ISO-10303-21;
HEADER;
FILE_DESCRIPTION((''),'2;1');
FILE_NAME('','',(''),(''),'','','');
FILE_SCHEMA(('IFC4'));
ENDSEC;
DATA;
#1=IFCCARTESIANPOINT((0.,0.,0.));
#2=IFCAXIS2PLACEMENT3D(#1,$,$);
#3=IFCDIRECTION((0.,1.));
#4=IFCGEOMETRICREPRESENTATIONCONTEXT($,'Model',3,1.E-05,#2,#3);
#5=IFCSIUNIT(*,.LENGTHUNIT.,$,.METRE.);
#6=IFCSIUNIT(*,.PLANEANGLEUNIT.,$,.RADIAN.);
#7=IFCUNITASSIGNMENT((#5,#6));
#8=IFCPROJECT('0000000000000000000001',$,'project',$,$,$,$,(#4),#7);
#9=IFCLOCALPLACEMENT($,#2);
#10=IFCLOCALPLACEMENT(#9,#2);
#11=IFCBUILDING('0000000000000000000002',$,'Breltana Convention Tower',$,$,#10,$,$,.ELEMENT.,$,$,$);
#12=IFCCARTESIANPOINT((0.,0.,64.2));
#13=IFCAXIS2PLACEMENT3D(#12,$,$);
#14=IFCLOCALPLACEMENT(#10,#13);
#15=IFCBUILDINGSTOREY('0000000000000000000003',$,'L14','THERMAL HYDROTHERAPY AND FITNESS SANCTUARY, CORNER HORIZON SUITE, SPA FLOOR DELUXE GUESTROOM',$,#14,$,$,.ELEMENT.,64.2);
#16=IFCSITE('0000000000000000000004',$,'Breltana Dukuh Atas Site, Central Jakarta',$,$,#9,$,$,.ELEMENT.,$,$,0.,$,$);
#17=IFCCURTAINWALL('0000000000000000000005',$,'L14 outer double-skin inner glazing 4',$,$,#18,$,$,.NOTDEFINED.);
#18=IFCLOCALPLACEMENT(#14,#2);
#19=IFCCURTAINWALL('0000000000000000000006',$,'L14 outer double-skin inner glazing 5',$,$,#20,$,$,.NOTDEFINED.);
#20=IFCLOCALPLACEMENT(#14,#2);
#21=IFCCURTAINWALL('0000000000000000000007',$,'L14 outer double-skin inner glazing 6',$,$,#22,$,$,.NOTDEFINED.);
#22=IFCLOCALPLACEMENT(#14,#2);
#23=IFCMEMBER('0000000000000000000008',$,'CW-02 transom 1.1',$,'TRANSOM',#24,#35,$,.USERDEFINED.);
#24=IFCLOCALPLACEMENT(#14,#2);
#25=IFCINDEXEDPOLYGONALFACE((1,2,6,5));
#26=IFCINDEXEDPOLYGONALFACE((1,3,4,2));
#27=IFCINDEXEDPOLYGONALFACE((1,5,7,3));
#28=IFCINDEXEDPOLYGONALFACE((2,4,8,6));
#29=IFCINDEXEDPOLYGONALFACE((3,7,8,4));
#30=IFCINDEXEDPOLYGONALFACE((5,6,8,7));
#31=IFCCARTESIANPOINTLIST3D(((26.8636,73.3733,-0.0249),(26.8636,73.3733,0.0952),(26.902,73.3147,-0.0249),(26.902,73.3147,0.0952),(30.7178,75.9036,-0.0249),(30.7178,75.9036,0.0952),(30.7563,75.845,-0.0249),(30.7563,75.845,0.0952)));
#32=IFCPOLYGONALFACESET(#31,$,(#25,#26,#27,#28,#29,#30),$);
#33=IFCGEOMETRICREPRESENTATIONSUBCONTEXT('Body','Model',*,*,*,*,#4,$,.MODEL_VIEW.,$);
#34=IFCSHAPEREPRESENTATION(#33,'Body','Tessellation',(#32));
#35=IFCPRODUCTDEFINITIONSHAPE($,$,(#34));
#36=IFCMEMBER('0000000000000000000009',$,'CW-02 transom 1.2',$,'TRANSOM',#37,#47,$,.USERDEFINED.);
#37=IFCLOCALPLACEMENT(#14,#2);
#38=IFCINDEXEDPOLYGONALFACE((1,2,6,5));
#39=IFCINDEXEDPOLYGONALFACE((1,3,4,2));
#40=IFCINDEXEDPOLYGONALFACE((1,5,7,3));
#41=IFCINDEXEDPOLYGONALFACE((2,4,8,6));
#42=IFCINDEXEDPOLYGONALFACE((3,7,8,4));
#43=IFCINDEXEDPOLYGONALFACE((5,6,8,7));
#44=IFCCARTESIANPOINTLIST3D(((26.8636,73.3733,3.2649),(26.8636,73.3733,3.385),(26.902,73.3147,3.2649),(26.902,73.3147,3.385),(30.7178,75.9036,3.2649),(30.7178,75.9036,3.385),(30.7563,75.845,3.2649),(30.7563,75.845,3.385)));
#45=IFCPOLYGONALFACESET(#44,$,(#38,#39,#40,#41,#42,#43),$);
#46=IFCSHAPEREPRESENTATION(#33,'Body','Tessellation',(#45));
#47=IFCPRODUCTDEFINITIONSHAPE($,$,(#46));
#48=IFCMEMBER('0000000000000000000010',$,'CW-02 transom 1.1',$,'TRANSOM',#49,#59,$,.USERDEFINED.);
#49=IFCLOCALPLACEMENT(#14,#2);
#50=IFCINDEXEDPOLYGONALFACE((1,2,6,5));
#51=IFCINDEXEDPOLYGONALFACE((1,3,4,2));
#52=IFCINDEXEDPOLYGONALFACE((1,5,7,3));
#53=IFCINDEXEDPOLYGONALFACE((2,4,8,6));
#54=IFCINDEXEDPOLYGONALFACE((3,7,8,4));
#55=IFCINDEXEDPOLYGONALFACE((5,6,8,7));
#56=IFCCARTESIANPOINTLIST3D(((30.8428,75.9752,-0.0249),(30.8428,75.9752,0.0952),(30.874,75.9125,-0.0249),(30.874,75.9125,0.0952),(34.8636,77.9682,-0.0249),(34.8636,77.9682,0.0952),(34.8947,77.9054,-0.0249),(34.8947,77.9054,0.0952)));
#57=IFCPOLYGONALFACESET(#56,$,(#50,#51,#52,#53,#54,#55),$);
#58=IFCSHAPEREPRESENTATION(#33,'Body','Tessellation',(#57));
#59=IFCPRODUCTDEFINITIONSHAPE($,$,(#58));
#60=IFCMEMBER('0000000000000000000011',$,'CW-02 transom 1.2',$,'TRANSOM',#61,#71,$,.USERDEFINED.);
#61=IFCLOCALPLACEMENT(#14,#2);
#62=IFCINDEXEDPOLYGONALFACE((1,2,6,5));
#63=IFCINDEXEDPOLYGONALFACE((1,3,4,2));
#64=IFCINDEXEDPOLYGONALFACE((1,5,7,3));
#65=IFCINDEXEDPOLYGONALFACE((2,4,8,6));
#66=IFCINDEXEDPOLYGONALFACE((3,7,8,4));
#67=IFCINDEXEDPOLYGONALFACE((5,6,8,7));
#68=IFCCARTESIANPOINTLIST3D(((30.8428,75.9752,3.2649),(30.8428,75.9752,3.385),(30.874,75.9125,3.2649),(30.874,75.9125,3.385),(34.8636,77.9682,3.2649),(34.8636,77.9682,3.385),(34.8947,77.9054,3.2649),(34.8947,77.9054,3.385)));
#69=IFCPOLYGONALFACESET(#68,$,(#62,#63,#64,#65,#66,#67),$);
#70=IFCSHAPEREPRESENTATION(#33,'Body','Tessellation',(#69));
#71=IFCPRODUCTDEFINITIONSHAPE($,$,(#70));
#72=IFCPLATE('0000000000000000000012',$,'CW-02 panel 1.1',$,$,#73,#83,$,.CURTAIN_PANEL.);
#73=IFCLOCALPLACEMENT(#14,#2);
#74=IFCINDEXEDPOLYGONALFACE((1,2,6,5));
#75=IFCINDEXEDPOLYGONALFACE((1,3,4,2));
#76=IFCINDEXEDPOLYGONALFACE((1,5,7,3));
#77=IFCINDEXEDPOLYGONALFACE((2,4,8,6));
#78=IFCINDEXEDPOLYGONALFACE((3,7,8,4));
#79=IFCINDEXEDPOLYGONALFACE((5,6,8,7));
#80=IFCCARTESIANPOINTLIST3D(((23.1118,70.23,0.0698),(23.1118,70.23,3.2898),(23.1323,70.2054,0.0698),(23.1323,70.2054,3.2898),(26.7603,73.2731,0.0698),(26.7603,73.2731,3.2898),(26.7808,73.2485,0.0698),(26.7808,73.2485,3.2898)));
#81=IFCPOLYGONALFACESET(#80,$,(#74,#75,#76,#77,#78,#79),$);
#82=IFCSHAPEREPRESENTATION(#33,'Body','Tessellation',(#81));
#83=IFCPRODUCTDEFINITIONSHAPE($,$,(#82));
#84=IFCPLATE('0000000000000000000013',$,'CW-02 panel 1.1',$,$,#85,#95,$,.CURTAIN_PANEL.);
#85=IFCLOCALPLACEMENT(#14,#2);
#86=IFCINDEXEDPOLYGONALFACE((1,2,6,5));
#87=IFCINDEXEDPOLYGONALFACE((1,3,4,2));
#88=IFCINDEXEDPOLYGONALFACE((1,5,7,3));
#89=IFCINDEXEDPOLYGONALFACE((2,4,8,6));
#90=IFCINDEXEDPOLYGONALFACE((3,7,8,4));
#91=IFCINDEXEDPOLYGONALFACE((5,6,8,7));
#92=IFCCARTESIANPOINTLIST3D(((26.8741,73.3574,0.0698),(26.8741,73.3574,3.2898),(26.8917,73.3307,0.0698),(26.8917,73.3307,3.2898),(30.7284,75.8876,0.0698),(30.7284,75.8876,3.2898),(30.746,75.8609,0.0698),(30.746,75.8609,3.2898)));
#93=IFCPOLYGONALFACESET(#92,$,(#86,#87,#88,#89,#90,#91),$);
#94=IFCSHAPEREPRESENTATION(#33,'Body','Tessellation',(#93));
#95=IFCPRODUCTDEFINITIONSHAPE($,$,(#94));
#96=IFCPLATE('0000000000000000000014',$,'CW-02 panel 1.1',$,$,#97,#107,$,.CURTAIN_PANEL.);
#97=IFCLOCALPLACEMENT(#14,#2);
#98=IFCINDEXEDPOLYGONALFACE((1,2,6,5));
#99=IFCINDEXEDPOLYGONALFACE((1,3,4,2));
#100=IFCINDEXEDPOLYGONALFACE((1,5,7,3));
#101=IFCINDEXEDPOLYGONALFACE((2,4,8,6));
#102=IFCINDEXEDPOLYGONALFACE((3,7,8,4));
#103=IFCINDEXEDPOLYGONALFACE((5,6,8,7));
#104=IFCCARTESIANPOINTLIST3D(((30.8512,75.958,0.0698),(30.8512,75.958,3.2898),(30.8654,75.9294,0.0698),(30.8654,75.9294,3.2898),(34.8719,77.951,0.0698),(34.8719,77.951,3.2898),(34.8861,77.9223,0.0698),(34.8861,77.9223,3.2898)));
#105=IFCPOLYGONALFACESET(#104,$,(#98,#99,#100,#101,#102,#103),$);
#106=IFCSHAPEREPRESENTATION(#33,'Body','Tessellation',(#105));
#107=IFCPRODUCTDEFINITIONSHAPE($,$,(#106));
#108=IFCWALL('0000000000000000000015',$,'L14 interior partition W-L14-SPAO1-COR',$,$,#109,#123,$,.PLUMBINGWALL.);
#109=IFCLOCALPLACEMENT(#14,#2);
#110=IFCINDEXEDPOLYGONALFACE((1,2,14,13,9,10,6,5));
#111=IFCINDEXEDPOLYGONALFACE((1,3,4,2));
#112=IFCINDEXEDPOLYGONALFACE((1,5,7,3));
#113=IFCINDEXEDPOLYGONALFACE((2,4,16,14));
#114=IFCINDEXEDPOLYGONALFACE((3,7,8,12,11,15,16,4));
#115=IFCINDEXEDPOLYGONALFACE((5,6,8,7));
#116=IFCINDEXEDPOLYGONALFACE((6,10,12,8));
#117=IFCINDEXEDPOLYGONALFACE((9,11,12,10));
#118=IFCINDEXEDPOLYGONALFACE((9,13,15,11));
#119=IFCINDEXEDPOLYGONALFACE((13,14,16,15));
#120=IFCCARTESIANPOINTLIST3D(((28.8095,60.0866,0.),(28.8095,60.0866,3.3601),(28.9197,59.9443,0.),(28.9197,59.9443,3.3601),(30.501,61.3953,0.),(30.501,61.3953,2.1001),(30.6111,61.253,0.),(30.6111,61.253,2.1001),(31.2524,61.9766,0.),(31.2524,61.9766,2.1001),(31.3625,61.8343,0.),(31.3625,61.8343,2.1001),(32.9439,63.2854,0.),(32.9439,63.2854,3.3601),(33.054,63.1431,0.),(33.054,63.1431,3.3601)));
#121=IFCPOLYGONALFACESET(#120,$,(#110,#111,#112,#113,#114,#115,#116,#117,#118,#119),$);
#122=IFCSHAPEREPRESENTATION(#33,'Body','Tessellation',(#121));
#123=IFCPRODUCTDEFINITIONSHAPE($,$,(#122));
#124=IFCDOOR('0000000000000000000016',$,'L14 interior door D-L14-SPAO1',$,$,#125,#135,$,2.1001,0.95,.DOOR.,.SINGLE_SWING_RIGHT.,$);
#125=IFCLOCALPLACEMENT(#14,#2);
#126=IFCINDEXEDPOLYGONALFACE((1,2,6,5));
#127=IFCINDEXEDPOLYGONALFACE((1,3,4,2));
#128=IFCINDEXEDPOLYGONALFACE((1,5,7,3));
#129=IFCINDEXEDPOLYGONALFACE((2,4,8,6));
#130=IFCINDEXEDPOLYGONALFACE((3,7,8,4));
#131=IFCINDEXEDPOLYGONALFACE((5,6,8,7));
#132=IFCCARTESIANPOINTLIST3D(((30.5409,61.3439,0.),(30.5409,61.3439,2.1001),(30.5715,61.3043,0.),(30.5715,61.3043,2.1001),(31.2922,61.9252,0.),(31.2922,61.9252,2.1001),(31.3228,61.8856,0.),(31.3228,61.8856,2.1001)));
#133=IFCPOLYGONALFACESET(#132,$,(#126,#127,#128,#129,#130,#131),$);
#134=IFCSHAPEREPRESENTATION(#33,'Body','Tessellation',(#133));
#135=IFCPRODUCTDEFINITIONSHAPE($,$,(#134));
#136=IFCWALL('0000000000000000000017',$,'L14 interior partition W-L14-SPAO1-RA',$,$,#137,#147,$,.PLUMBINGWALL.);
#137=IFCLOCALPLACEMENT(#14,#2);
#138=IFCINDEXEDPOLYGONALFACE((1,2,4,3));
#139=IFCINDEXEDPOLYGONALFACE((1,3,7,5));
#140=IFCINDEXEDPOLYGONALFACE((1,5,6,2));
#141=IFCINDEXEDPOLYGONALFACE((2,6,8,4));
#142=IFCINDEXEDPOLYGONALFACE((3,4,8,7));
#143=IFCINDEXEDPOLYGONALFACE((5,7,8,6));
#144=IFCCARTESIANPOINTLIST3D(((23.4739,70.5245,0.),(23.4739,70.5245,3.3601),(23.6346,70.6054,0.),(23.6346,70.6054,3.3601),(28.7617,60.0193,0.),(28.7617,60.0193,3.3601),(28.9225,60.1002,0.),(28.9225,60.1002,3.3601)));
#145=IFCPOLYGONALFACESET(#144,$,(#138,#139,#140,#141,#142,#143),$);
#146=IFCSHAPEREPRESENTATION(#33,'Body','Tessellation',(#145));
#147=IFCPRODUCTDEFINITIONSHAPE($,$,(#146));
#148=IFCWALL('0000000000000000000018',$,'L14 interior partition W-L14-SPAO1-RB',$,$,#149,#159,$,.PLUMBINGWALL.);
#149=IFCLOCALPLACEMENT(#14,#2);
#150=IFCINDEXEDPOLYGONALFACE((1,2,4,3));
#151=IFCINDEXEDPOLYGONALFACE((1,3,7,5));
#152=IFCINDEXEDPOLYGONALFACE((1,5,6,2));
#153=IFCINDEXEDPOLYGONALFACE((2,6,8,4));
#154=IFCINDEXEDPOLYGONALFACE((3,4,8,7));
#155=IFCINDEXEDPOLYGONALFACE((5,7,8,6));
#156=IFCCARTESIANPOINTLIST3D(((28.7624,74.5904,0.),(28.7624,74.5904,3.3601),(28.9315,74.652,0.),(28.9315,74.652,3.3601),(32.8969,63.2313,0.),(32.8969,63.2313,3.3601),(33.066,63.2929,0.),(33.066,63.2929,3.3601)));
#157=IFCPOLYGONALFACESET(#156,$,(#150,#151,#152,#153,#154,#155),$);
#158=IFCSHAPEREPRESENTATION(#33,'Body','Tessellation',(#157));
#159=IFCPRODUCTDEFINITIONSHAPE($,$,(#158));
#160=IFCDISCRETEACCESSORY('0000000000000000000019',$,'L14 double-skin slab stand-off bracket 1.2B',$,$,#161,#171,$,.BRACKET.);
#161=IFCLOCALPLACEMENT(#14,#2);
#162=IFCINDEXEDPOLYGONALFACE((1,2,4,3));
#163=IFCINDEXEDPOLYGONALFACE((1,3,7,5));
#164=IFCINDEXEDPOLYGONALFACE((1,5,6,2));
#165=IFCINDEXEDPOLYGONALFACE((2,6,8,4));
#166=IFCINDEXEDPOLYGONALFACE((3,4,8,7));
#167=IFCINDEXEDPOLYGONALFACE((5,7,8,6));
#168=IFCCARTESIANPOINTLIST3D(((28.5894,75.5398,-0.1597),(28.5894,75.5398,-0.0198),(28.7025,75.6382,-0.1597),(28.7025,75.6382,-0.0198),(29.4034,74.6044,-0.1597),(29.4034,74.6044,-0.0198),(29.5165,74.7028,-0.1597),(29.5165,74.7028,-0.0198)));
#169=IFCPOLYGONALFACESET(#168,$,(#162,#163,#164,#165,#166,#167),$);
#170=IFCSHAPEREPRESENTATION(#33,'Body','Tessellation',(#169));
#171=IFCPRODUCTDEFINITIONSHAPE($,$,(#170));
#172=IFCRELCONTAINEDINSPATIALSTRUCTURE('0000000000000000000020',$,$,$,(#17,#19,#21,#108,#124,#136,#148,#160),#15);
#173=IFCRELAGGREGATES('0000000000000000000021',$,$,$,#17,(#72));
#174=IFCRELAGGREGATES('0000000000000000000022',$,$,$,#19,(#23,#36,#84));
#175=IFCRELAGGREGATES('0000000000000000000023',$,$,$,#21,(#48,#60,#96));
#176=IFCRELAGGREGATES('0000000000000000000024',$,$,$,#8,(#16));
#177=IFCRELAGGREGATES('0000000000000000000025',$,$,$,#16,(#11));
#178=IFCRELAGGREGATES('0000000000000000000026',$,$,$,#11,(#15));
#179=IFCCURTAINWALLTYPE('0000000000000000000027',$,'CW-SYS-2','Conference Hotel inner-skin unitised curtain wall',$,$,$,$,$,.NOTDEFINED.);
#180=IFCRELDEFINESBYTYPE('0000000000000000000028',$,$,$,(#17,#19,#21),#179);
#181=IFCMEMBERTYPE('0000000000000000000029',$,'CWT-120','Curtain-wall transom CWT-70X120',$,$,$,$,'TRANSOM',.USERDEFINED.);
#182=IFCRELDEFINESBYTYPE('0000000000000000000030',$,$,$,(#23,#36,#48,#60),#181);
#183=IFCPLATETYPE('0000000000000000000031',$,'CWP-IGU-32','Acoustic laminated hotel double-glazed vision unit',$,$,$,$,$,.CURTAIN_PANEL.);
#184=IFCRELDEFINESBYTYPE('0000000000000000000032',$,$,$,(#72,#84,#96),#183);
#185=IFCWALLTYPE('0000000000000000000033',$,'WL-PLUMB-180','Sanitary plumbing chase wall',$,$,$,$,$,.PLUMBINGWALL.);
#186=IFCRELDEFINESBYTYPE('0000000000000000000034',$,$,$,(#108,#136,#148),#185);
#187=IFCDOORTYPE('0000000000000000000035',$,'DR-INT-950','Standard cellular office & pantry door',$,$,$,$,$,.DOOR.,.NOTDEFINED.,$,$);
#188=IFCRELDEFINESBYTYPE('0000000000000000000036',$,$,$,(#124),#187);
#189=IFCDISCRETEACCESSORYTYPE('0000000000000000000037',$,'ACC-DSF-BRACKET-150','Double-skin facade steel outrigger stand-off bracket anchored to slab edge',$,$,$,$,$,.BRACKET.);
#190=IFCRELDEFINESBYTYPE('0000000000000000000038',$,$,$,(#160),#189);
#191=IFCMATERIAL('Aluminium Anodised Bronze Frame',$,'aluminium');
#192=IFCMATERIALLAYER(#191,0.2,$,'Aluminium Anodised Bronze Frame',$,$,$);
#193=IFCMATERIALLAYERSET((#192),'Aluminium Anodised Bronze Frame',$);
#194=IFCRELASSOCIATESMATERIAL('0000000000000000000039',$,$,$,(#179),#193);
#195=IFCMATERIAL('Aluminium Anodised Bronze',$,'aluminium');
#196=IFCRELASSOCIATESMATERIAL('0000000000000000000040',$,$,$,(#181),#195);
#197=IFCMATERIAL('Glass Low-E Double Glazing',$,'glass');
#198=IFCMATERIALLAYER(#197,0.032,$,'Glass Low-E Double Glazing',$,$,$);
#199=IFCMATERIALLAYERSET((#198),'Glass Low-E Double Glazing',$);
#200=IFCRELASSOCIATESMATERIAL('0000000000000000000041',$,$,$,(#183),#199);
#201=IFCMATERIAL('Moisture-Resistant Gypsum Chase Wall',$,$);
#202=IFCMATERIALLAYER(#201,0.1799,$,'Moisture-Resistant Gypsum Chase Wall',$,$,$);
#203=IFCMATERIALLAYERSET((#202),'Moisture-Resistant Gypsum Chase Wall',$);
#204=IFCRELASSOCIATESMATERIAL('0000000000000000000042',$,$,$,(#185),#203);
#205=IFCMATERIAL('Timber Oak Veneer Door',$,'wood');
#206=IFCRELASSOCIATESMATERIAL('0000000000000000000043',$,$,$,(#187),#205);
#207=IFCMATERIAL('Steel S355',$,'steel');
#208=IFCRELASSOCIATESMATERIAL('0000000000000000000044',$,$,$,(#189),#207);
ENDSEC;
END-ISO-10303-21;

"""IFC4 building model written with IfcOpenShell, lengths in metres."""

from ifc_helpers import new_model, si_unit, direction, frame, frame_2d, origin, origin_2d, place, context, subcontext, project, spatial, rectangle, extrude, source, transform, mapped, material, layer, layer_set, material_profile, profile_set, type_object, type_shapes, element, fill, aggregate, save


model = new_model("IFC4")

# Units and contexts
model_context = context("Model", 3, precision=1e-05, world=origin(), true_north=direction((0.0, 1.0)))
body_context = subcontext(model_context, "Body", "Model", "MODEL_VIEW")
ifc_project = project(units=[si_unit("LENGTHUNIT", "METRE"), si_unit("PLANEANGLEUNIT", "RADIAN")], contexts=[model_context])

# Site, building, storey
site_placement = place(None, origin())
site = spatial("IfcSite", under=ifc_project, at=site_placement, Name="Breltana Dukuh Atas Site, Central Jakarta", CompositionType="ELEMENT", RefElevation=0.0)
building_placement = place(site_placement, origin())
building = spatial("IfcBuilding", under=site, at=building_placement, Name="Breltana Convention Tower", CompositionType="ELEMENT")
storey_placement = place(building_placement, frame((0.0, 0.0, 64.2)))
storey = spatial("IfcBuildingStorey", under=building, at=storey_placement, Name="L14", Description="THERMAL HYDROTHERAPY AND FITNESS SANCTUARY, CORNER HORIZON SUITE, SPA FLOOR DELUXE GUESTROOM", CompositionType="ELEMENT", Elevation=64.2)

# Curtain walls
ifc_material_1 = material(Name="Aluminium Anodised Bronze Frame", Category="aluminium")
ifc_layer_1 = layer(ifc_material_1, 0.2, Name="Aluminium Anodised Bronze Frame")
ifc_layer_set_1 = layer_set([ifc_layer_1], Name="Aluminium Anodised Bronze Frame")
curtain_wall_type = type_object("IfcCurtainWallType", Name="CW-SYS-2", Description="Conference Hotel inner-skin unitised curtain wall", PredefinedType="NOTDEFINED", material=ifc_layer_set_1)
curtain_wall_1_placement = place(storey_placement, origin())
curtain_wall_1 = element("IfcCurtainWall", 1, at=curtain_wall_1_placement, inside=storey, type_object=curtain_wall_type, Name="L14 outer double-skin inner glazing 4", PredefinedType="NOTDEFINED")
ifc_material_2 = material(Name="Aluminium Anodised Bronze", Category="aluminium")
curtain_wall_2_placement = place(storey_placement, origin())
curtain_wall_2 = element("IfcCurtainWall", 2, at=curtain_wall_2_placement, inside=storey, type_object=curtain_wall_type, Name="L14 outer double-skin inner glazing 5", PredefinedType="NOTDEFINED")
curtain_wall_3_placement = place(storey_placement, origin())
curtain_wall_3 = element("IfcCurtainWall", 3, at=curtain_wall_3_placement, inside=storey, type_object=curtain_wall_type, Name="L14 outer double-skin inner glazing 6", PredefinedType="NOTDEFINED")

# Members
ifc_material_profile_1 = material_profile(ifc_material_2, rectangle(XDim=0.0701, YDim=0.1201, at=origin_2d()), Name="CWT-70X120")
ifc_profile_set_1 = profile_set([ifc_material_profile_1], Name="Aluminium Anodised Bronze")
member_type_1 = type_object("IfcMemberType", Name="CWT-120", Description="Curtain-wall transom CWT-70X120", ElementType="TRANSOM", PredefinedType="USERDEFINED", material=ifc_profile_set_1)
shared_shape_1 = source(origin(), body_context, "Body", "SweptSolid", [
    extrude(rectangle(XDim=0.0701, YDim=0.1201, at=origin_2d()), origin(), (0.0, 0.0, 1.0), 4.6106),
])
member_1_placement = place(storey_placement, frame((26.8828, 73.344, 0.0352), z_axis=(0.835956, 0.548796, 0.0), x_axis=(-0.548796, 0.835956, 0.0)))
member_1 = element("IfcMember", 4, at=member_1_placement, type_object=member_type_1, Name="CW-02 transom 1.1", ObjectType="TRANSOM", PredefinedType="USERDEFINED", context=body_context, shape_type="MappedRepresentation", body=[
    mapped(shared_shape_1, transform((0.0, 0.0, 0.0), scale=1.0)),
])
member_2_placement = place(storey_placement, frame((26.8828, 73.344, 3.325), z_axis=(0.835956, 0.548796, 0.0), x_axis=(-0.548796, 0.835956, 0.0)))
member_2 = element("IfcMember", 5, at=member_2_placement, type_object=member_type_1, Name="CW-02 transom 1.2", ObjectType="TRANSOM", PredefinedType="USERDEFINED", context=body_context, shape_type="MappedRepresentation", body=[
    mapped(shared_shape_1, transform((0.0, 0.0, 0.0), scale=1.0)),
])
shared_shape_2 = source(origin(), body_context, "Body", "SweptSolid", [
    extrude(rectangle(XDim=0.0701, YDim=0.1201, at=origin_2d()), origin(), (0.0, 0.0, 1.0), 4.4875),
])
member_3_placement = place(storey_placement, frame((30.8584, 75.9438, 0.0352), z_axis=(0.895978, 0.444099, 0.0), x_axis=(-0.444099, 0.895978, 0.0)))
member_3 = element("IfcMember", 6, at=member_3_placement, type_object=member_type_1, Name="CW-02 transom 1.1", ObjectType="TRANSOM", PredefinedType="USERDEFINED", context=body_context, shape_type="MappedRepresentation", body=[
    mapped(shared_shape_2, transform((0.0, 0.0, 0.0), scale=1.0)),
])
member_4_placement = place(storey_placement, frame((30.8584, 75.9438, 3.325), z_axis=(0.895978, 0.444099, 0.0), x_axis=(-0.444099, 0.895978, 0.0)))
member_4 = element("IfcMember", 7, at=member_4_placement, type_object=member_type_1, Name="CW-02 transom 1.2", ObjectType="TRANSOM", PredefinedType="USERDEFINED", context=body_context, shape_type="MappedRepresentation", body=[
    mapped(shared_shape_2, transform((0.0, 0.0, 0.0), scale=1.0)),
])

# Plates
ifc_material_3 = material(Name="Glass Low-E Double Glazing", Category="glass")
ifc_layer_2 = layer(ifc_material_3, 0.032, Name="Glass Low-E Double Glazing")
ifc_layer_set_2 = layer_set([ifc_layer_2], Name="Glass Low-E Double Glazing")
plate_type = type_object("IfcPlateType", Name="CWP-IGU-32", Description="Acoustic laminated hotel double-glazed vision unit", PredefinedType="CURTAIN_PANEL", material=ifc_layer_set_2)
shared_shape_3 = source(origin(), body_context, "Body", "SweptSolid", [
    extrude(rectangle(XDim=4.751, YDim=0.032, at=origin_2d()), origin(), (0.0, 0.0, 1.0), 3.22),
])
plate_1_placement = place(storey_placement, frame((24.9463, 71.7393, 0.0698), z_axis=(0.0, 0.0, 1.0), x_axis=(0.767941, 0.64052, 0.0)))
plate_1 = element("IfcPlate", 8, at=plate_1_placement, type_object=plate_type, Name="CW-02 panel 1.1", PredefinedType="CURTAIN_PANEL", context=body_context, shape_type="MappedRepresentation", body=[
    mapped(shared_shape_3, transform((0.0, 0.0, 0.0), scale=1.0)),
])
aggregate(curtain_wall_1, [plate_1])
shared_shape_4 = source(origin(), body_context, "Body", "SweptSolid", [
    extrude(rectangle(XDim=4.6106, YDim=0.032, at=origin_2d()), origin(), (0.0, 0.0, 1.0), 3.22),
])
plate_2_placement = place(storey_placement, frame((28.8101, 74.6091, 0.0698), z_axis=(0.0, 0.0, 1.0), x_axis=(0.835964, 0.548784, 0.0)))
plate_2 = element("IfcPlate", 9, at=plate_2_placement, type_object=plate_type, Name="CW-02 panel 1.1", PredefinedType="CURTAIN_PANEL", context=body_context, shape_type="MappedRepresentation", body=[
    mapped(shared_shape_4, transform((0.0, 0.0, 0.0), scale=1.0)),
])
aggregate(curtain_wall_2, [member_1, member_2, plate_2])
shared_shape_5 = source(origin(), body_context, "Body", "SweptSolid", [
    extrude(rectangle(XDim=4.4875, YDim=0.032, at=origin_2d()), origin(), (0.0, 0.0, 1.0), 3.22),
])
plate_3_placement = place(storey_placement, frame((32.8687, 76.9402, 0.0698), z_axis=(0.0, 0.0, 1.0), x_axis=(0.895973, 0.444108, 0.0)))
plate_3 = element("IfcPlate", 10, at=plate_3_placement, type_object=plate_type, Name="CW-02 panel 1.1", PredefinedType="CURTAIN_PANEL", context=body_context, shape_type="MappedRepresentation", body=[
    mapped(shared_shape_5, transform((0.0, 0.0, 0.0), scale=1.0)),
])
aggregate(curtain_wall_3, [member_3, member_4, plate_3])

# Wall, opening, door
ifc_material_4 = material(Name="Moisture-Resistant Gypsum Chase Wall")
ifc_layer_3 = layer(ifc_material_4, 0.1799, Name="Moisture-Resistant Gypsum Chase Wall")
ifc_layer_set_3 = layer_set([ifc_layer_3], Name="Moisture-Resistant Gypsum Chase Wall")
wall_type = type_object("IfcWallType", Name="WL-PLUMB-180", Description="Sanitary plumbing chase wall", PredefinedType="PLUMBINGWALL", material=ifc_layer_set_3)
shared_shape_6 = source(origin(), body_context, "Body", "SweptSolid", [
    extrude(rectangle(XDim=5.2273, YDim=0.1799, at=frame_2d((2.6138, 0.0))), origin(), (0.0, 0.0, 1.0), 3.3601),
])
wall_1_placement = place(storey_placement, frame((28.8645, 60.0154, 0.0), z_axis=(0.0, 0.0, 1.0), x_axis=(0.790909, 0.611934, 0.0)))
wall_1 = element("IfcWall", 11, at=wall_1_placement, inside=storey, type_object=wall_type, Name="L14 interior partition W-L14-SPAO1-COR", PredefinedType="PLUMBINGWALL", context=body_context, shape_type="MappedRepresentation", body=[
    mapped(shared_shape_6, transform((0.0, 0.0, 0.0), scale=1.0)),
])
opening_placement = place(wall_1_placement, frame((2.1387, 0.0, 0.0)))
opening = element("IfcOpeningElement", 12, at=opening_placement, cuts=wall_1, PredefinedType="OPENING", context=body_context, shape_type="SweptSolid", body=[
    extrude(rectangle(XDim=0.95, YDim=2.1001, at=frame_2d((0.4751, 1.05))), frame((0.0, 0.1001, 0.0), z_axis=(0.0, -1.0, 0.0), x_axis=(1.0, 0.0, 0.0)), (0.0, 0.0, 1.0), 0.2),
])
ifc_material_5 = material(Name="Timber Oak Veneer Door", Category="wood")
door_type = type_object("IfcDoorType", Name="DR-INT-950", Description="Standard cellular office & pantry door", OperationType="NOTDEFINED", PredefinedType="DOOR", material=ifc_material_5)
shared_shape_7 = source(origin(), body_context, "Body", "SweptSolid", [
    extrude(rectangle(XDim=0.95, YDim=2.1001, at=frame_2d((0.4751, 1.05))), frame((0.0, 0.0249, 0.0), z_axis=(0.0, -1.0, 0.0), x_axis=(1.0, 0.0, 0.0)), (0.0, 0.0, 1.0), 0.05),
])
type_shapes(door_type, [shared_shape_7])
door_placement = place(opening_placement, origin())
door = element("IfcDoor", 13, at=door_placement, inside=storey, type_object=door_type, Name="L14 interior door D-L14-SPAO1", OperationType="SINGLE_SWING_RIGHT", OverallHeight=2.1001, OverallWidth=0.95, PredefinedType="DOOR", context=body_context, shape_type="MappedRepresentation", body=[
    mapped(shared_shape_7, transform((0.0, 0.0, 0.0), scale=1.0)),
])
fill(opening, door)

# Walls
shared_shape_8 = source(origin(), body_context, "Body", "SweptSolid", [
    extrude(rectangle(XDim=11.761, YDim=0.1799, at=frame_2d((5.8804, 0.0))), origin(), (0.0, 0.0, 1.0), 3.3601),
])
wall_2_placement = place(storey_placement, frame((28.842, 60.0598, 0.0), z_axis=(0.0, 0.0, 1.0), x_axis=(-0.449612, 0.893224, 0.0)))
element("IfcWall", 14, at=wall_2_placement, inside=storey, type_object=wall_type, Name="L14 interior partition W-L14-SPAO1-RA", PredefinedType="PLUMBINGWALL", context=body_context, shape_type="MappedRepresentation", body=[
    mapped(shared_shape_8, transform((0.0, 0.0, 0.0), scale=1.0)),
])
shared_shape_9 = source(origin(), body_context, "Body", "SweptSolid", [
    extrude(rectangle(XDim=12.0881, YDim=0.1799, at=frame_2d((6.0439, 0.0))), origin(), (0.0, 0.0, 1.0), 3.3601),
])
wall_3_placement = place(storey_placement, frame((32.9814, 63.2622, 0.0), z_axis=(0.0, 0.0, 1.0), x_axis=(-0.34203, 0.939689, 0.0)))
element("IfcWall", 15, at=wall_3_placement, inside=storey, type_object=wall_type, Name="L14 interior partition W-L14-SPAO1-RB", PredefinedType="PLUMBINGWALL", context=body_context, shape_type="MappedRepresentation", body=[
    mapped(shared_shape_9, transform((0.0, 0.0, 0.0), scale=1.0)),
])

# Discrete accessory
ifc_material_6 = material(Name="Steel S355", Category="steel")
discrete_accessory_type_1 = type_object("IfcDiscreteAccessoryType", Name="ACC-DSF-BRACKET-150", Description="Double-skin facade steel outrigger stand-off bracket anchored to slab edge", PredefinedType="BRACKET", material=ifc_material_6)
shared_shape_10 = source(origin(), body_context, "Body", "SweptSolid", [
    extrude(rectangle(XDim=1.24, YDim=0.1499, at=origin_2d()), origin(), (0.0, 0.0, 1.0), 0.1399),
])
type_shapes(discrete_accessory_type_1, [shared_shape_10])
for number, where, z_axis, x_axis, name in (
    (16, (29.053, 75.1213, -0.1597), (0.0, 0.0, 1.0), (-0.656457, 0.754364, 0.0), "L14 double-skin slab stand-off bracket 1.2B"),
):
    element("IfcDiscreteAccessory", number, at=place(storey_placement, frame(where, z_axis=z_axis, x_axis=x_axis)), inside=storey, type_object=discrete_accessory_type_1, Name=name, PredefinedType="BRACKET", context=body_context, shape_type="MappedRepresentation", body=[
        mapped(shared_shape_10, transform((0.0, 0.0, 0.0), scale=1.0)),
    ])

save(model, "model.ifc")
